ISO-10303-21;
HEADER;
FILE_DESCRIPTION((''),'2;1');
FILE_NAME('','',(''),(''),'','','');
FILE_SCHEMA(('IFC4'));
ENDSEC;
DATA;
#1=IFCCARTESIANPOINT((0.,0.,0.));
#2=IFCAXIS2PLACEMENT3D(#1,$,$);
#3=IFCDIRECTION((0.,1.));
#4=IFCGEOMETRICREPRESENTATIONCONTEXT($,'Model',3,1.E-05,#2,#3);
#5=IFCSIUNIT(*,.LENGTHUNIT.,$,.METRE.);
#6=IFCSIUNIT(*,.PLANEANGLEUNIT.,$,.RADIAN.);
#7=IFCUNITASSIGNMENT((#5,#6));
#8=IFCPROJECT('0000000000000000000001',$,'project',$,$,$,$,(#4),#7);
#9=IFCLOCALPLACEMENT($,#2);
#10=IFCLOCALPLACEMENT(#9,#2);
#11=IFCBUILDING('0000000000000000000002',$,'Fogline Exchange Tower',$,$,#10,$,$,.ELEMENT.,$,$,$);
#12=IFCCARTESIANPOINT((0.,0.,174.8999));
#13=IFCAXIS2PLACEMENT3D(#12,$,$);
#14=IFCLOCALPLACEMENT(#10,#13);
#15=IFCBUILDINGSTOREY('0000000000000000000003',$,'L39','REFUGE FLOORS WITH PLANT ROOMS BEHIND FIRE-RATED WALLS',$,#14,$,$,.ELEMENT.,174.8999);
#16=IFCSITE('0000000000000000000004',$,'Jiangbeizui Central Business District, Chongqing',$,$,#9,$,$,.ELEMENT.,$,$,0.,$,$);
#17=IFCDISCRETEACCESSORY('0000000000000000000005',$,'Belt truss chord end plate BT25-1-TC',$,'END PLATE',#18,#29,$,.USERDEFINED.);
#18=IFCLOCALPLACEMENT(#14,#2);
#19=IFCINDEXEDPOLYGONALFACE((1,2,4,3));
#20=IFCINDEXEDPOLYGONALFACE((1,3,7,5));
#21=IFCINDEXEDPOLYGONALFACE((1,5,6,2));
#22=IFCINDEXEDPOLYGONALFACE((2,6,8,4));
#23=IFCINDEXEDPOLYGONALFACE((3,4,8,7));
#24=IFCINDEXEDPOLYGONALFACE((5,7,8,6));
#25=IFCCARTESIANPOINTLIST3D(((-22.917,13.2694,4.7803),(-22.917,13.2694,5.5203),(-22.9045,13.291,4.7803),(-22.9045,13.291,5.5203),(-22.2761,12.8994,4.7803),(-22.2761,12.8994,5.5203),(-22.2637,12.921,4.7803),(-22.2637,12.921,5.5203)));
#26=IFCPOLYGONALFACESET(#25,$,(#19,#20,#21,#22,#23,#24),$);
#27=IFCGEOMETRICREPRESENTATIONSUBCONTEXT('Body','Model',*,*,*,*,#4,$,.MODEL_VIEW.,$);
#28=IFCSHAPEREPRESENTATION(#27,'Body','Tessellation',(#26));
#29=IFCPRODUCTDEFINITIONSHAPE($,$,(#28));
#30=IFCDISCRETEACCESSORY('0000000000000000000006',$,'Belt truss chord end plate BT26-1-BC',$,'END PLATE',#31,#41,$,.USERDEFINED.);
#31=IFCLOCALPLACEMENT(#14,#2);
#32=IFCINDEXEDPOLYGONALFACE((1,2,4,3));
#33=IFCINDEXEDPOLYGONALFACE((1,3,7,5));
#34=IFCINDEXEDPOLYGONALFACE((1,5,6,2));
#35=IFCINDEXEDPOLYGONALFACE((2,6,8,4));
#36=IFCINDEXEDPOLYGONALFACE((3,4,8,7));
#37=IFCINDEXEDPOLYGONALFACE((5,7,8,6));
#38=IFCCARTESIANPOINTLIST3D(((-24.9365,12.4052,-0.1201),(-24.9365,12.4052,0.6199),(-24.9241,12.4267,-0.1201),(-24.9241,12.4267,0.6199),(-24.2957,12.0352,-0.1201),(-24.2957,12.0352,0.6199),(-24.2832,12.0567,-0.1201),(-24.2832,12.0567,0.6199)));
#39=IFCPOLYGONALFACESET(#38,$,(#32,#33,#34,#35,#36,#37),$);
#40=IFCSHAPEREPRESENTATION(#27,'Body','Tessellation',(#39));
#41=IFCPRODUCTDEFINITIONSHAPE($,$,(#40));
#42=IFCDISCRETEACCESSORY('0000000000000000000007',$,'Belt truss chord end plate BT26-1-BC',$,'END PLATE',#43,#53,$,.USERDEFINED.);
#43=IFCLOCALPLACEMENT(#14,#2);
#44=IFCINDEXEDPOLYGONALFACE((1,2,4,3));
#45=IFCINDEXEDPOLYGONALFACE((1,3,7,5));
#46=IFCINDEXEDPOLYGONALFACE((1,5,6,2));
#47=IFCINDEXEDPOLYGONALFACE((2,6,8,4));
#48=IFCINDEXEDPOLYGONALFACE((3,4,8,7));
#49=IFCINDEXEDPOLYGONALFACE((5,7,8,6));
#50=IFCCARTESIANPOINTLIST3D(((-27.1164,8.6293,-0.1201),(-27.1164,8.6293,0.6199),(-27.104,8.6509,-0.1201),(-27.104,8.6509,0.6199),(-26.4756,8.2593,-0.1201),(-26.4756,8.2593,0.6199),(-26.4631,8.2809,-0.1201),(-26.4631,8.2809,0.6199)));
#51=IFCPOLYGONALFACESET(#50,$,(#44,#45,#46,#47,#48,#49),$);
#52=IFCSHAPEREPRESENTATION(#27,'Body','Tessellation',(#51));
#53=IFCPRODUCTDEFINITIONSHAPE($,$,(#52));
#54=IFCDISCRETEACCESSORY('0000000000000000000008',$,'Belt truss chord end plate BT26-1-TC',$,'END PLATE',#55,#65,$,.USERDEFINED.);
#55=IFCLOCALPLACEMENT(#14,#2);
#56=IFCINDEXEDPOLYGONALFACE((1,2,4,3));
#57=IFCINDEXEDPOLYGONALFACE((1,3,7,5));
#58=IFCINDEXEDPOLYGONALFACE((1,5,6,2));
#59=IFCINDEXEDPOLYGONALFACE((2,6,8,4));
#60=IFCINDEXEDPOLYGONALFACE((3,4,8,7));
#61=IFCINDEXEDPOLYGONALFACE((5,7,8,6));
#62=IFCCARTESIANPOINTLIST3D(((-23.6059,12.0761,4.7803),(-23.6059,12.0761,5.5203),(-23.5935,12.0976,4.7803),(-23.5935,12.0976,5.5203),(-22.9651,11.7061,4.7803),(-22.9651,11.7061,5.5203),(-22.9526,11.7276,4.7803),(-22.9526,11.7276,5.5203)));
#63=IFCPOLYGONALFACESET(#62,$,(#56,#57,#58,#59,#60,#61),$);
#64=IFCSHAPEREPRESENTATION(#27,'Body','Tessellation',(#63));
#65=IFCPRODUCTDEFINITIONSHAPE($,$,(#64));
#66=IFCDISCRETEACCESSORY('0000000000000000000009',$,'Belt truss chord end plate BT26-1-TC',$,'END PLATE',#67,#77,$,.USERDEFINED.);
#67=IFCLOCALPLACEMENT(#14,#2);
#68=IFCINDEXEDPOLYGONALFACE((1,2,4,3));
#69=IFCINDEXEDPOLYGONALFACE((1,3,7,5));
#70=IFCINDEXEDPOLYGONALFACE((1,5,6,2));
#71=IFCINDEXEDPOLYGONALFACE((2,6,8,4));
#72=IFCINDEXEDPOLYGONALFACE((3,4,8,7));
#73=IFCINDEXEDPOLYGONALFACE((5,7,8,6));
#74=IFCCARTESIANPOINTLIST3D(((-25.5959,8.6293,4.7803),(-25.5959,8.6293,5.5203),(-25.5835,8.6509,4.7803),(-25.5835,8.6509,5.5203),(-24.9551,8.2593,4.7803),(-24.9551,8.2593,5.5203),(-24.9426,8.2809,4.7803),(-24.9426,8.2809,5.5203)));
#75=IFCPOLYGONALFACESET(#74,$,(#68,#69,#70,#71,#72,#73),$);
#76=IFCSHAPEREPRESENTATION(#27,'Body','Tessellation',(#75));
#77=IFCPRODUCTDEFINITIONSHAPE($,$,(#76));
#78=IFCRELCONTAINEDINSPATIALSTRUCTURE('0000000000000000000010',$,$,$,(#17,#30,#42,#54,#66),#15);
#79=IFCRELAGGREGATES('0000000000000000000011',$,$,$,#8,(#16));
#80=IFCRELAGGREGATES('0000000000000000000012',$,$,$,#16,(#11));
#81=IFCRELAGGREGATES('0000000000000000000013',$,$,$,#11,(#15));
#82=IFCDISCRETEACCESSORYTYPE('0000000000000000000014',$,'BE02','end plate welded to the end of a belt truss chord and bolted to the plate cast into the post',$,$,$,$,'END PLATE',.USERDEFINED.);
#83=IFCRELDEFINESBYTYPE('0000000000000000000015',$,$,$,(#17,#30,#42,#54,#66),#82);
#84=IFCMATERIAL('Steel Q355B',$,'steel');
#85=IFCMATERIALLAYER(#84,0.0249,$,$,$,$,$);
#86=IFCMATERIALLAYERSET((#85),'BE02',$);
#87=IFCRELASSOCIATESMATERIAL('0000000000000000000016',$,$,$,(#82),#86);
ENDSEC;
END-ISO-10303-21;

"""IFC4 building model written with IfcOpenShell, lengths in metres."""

from ifc_helpers import new_model, si_unit, direction, frame, origin, origin_2d, place, context, subcontext, project, spatial, rectangle, extrude, material, layer, layer_set, type_object, element, save


model = new_model("IFC4")

# Units and contexts
model_context = context("Model", 3, precision=1e-05, world=origin(), true_north=direction((0.0, 1.0)))
body_context = subcontext(model_context, "Body", "Model", "MODEL_VIEW")
ifc_project = project(units=[si_unit("LENGTHUNIT", "METRE"), si_unit("PLANEANGLEUNIT", "RADIAN")], contexts=[model_context])

# Site, building, storey
site_placement = place(None, origin())
site = spatial("IfcSite", under=ifc_project, at=site_placement, Name="Jiangbeizui Central Business District, Chongqing", CompositionType="ELEMENT", RefElevation=0.0)
building_placement = place(site_placement, origin())
building = spatial("IfcBuilding", under=site, at=building_placement, Name="Fogline Exchange Tower", CompositionType="ELEMENT")
storey_placement = place(building_placement, frame((0.0, 0.0, 174.8999)))
storey = spatial("IfcBuildingStorey", under=building, at=storey_placement, Name="L39", Description="REFUGE FLOORS WITH PLANT ROOMS BEHIND FIRE-RATED WALLS", CompositionType="ELEMENT", Elevation=174.8999)

# Shared definitions
ifc_material_1 = material(Name="Steel Q355B", Category="steel")

# Discrete accessories
ifc_layer = layer(ifc_material_1, 0.0249)
ifc_layer_set = layer_set([ifc_layer], Name="BE02")
discrete_accessory_type = type_object("IfcDiscreteAccessoryType", Name="BE02", Description="end plate welded to the end of a belt truss chord and bolted to the plate cast into the post", ElementType="END PLATE", PredefinedType="USERDEFINED", material=ifc_layer_set)
for number, where, z_axis, x_axis, name in (
    (1, (-22.5903, 13.0952, 4.7803), (0.0, 0.0, 1.0), (-0.5, -0.866025, 0.0), "Belt truss chord end plate BT25-1-TC"),
    (2, (-24.6099, 12.231, -0.1201), (0.0, 0.0, 1.0), (0.5, 0.866025, 0.0), "Belt truss chord end plate BT26-1-BC"),
    (3, (-26.7898, 8.4551, -0.1201), (0.0, 0.0, 1.0), (-0.5, -0.866025, 0.0), "Belt truss chord end plate BT26-1-BC"),
    (4, (-23.2793, 11.9019, 4.7803), (0.0, 0.0, 1.0), (0.5, 0.866025, 0.0), "Belt truss chord end plate BT26-1-TC"),
    (5, (-25.2693, 8.4551, 4.7803), (0.0, 0.0, 1.0), (-0.5, -0.866025, 0.0), "Belt truss chord end plate BT26-1-TC"),
):
    element("IfcDiscreteAccessory", number, at=place(storey_placement, frame(where, z_axis=z_axis, x_axis=x_axis)), inside=storey, type_object=discrete_accessory_type, Name=name, ObjectType="END PLATE", PredefinedType="USERDEFINED", context=body_context, shape_type="SweptSolid", body=[
        extrude(rectangle(XDim=0.0249, YDim=0.74, at=origin_2d()), origin(), (0.0, 0.0, 1.0), 0.74),
    ])

save(model, "model.ifc")
